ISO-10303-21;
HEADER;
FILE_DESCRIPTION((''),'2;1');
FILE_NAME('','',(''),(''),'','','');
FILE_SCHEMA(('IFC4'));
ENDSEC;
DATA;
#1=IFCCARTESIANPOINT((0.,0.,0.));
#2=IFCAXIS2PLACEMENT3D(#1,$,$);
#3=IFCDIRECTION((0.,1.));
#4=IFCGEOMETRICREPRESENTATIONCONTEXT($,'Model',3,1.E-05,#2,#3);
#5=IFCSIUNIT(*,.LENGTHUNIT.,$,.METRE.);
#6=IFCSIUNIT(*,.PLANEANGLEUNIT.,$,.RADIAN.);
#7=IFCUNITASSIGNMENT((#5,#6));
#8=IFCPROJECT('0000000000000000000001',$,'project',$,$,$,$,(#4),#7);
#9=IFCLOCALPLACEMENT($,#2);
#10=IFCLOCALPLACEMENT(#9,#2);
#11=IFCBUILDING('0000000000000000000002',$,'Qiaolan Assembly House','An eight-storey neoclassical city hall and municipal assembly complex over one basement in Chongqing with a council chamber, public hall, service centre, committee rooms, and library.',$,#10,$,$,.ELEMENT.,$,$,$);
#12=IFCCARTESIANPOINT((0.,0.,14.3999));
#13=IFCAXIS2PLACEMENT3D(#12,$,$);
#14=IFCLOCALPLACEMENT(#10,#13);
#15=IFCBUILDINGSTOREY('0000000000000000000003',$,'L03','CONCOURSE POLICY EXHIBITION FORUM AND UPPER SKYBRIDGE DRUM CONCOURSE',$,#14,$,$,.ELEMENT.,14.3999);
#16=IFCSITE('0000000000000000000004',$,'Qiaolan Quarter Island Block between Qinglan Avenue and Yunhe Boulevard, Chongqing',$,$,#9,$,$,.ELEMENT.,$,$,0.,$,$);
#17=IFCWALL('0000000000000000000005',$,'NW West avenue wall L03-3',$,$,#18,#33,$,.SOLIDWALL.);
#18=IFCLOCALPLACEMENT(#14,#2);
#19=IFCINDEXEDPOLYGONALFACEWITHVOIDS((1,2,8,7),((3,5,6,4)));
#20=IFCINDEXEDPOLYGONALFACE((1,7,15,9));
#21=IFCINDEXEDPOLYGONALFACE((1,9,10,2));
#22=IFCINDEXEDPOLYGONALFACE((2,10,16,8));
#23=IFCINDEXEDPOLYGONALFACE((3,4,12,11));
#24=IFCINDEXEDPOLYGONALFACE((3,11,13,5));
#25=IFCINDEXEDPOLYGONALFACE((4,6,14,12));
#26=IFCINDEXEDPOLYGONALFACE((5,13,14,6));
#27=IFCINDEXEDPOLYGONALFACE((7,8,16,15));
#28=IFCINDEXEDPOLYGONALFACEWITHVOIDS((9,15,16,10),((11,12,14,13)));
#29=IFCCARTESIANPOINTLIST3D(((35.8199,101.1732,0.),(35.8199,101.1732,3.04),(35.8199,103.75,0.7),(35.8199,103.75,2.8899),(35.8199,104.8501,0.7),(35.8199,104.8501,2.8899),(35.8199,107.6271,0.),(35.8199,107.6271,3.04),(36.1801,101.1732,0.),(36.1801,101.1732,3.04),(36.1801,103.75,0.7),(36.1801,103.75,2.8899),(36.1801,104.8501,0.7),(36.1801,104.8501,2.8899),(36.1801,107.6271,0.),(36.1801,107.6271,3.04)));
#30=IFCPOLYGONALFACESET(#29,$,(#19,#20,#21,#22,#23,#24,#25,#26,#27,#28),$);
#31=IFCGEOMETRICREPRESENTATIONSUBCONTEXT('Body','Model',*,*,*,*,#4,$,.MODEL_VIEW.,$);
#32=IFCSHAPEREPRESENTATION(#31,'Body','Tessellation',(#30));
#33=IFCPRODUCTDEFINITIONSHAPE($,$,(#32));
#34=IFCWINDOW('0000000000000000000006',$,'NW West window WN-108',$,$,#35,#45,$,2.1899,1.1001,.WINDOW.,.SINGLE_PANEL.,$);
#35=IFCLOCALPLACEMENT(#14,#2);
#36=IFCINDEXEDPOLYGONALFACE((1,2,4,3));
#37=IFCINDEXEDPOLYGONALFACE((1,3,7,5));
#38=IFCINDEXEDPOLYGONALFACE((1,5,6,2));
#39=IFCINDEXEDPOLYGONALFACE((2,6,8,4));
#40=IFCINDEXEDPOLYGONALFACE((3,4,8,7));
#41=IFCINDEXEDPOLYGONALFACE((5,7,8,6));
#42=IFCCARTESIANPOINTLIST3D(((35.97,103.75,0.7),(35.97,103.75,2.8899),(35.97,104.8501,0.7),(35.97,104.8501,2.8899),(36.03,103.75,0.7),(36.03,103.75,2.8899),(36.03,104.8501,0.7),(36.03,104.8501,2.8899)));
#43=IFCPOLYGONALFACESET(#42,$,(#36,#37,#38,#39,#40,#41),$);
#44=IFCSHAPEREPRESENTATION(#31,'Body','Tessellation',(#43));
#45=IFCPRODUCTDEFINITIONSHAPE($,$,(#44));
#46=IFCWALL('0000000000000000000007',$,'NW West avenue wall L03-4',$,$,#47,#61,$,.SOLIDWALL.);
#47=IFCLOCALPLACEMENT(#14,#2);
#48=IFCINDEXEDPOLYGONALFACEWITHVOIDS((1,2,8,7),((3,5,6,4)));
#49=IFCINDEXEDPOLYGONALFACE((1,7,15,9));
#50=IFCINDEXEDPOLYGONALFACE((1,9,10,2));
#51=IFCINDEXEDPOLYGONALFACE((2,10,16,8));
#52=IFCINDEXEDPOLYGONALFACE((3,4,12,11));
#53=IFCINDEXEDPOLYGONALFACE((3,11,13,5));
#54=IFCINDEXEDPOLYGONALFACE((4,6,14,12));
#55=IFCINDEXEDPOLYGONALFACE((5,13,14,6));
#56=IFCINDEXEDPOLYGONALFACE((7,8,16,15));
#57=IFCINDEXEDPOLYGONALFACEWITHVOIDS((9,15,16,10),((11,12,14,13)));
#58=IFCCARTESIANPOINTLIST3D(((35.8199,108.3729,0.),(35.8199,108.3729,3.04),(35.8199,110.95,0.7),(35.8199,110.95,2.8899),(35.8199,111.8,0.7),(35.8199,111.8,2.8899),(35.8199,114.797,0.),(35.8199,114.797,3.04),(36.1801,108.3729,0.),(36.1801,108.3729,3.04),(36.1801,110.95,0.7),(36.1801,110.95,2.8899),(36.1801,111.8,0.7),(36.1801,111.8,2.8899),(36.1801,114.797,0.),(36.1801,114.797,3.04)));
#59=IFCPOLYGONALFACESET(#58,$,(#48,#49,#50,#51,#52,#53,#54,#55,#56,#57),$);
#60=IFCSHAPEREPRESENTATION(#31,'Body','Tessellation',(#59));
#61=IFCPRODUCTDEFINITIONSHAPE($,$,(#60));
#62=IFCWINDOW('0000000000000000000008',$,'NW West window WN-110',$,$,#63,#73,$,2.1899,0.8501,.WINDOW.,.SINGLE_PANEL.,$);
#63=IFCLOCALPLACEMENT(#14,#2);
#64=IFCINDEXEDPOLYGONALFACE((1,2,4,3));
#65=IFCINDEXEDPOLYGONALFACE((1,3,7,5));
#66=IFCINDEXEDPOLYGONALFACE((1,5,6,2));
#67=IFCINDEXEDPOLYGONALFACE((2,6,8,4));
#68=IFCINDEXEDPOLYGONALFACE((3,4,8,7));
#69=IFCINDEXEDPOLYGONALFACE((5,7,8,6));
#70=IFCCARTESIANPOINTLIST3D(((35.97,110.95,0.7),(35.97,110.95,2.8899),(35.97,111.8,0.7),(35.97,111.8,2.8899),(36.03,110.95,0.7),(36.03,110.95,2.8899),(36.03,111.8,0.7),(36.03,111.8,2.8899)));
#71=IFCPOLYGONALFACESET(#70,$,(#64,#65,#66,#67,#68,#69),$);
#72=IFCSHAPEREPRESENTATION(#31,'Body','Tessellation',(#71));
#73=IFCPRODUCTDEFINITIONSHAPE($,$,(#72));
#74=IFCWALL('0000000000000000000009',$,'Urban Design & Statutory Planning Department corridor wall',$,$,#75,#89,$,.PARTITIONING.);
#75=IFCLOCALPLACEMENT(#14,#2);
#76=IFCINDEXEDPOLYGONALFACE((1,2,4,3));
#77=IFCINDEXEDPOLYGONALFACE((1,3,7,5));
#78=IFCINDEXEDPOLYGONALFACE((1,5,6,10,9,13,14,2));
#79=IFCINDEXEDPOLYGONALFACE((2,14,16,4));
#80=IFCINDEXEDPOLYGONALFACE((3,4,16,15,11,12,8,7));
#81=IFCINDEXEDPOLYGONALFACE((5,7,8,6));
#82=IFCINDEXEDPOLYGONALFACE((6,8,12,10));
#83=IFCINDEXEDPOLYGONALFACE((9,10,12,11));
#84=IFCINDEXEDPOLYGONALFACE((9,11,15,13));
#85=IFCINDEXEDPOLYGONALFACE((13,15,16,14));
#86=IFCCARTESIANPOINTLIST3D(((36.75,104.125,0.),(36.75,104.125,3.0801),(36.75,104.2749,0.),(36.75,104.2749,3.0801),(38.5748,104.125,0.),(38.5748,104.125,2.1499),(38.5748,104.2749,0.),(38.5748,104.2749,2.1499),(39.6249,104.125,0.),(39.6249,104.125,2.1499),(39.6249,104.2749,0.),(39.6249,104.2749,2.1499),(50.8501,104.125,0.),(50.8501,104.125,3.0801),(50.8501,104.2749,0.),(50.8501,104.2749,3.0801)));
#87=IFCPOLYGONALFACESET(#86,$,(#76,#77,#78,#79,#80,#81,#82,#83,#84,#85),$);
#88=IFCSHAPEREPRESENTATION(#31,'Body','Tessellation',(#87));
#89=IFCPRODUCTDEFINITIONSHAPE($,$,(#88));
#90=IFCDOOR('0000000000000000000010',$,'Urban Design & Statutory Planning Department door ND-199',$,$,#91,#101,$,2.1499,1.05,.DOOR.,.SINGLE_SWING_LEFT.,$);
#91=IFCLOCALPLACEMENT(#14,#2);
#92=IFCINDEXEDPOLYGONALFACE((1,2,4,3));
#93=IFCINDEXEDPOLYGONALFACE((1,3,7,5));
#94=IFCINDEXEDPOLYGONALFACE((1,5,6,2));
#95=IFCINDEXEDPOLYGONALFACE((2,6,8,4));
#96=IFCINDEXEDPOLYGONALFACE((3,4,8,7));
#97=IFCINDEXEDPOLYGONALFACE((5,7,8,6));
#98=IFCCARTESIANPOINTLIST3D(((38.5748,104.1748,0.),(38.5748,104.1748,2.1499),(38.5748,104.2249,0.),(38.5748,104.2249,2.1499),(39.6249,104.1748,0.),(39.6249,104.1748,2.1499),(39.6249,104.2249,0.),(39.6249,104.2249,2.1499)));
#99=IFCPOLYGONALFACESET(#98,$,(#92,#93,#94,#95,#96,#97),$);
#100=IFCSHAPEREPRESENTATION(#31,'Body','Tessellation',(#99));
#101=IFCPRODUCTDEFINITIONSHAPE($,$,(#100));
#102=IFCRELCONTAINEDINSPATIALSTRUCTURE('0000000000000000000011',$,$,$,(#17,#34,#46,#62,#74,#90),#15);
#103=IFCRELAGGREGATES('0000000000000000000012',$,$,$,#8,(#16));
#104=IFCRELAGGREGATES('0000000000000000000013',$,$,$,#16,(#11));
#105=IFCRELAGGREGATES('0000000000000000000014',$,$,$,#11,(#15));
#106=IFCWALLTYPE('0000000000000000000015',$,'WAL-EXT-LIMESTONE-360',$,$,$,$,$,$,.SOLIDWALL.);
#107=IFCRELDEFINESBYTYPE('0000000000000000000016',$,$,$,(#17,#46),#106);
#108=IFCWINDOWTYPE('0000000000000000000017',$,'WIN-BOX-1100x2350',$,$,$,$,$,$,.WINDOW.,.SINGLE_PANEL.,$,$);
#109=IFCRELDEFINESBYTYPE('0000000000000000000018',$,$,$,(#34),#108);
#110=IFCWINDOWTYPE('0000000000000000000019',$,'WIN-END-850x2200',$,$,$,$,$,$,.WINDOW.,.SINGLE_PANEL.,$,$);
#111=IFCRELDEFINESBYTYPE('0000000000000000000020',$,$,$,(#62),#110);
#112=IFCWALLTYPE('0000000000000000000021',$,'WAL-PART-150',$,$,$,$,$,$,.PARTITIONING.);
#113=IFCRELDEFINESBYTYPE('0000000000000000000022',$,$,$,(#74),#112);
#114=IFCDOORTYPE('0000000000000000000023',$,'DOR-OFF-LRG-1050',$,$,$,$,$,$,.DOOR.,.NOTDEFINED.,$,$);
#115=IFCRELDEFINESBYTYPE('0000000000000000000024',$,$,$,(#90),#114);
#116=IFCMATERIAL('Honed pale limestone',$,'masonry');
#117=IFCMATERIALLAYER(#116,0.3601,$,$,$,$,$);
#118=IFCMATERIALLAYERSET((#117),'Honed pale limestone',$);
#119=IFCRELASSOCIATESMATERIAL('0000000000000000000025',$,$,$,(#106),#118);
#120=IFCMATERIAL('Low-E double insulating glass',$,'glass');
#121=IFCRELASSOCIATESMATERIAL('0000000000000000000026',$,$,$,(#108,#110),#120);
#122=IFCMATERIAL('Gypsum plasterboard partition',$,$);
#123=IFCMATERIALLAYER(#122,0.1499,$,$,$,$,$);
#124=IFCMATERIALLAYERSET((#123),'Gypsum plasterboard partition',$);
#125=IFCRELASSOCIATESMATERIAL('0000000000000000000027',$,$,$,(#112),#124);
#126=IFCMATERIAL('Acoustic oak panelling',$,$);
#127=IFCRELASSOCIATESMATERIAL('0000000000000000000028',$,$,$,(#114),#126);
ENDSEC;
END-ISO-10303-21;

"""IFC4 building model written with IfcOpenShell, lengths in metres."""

from ifc_helpers import new_model, si_unit, direction, frame, frame_2d, origin, place, context, subcontext, project, spatial, rectangle, extrude, material, layer, layer_set, type_object, element, fill, save


model = new_model("IFC4")

# Units and contexts
model_context = context("Model", 3, precision=1e-05, world=origin(), true_north=direction((0.0, 1.0)))
body_context = subcontext(model_context, "Body", "Model", "MODEL_VIEW")
ifc_project = project(units=[si_unit("LENGTHUNIT", "METRE"), si_unit("PLANEANGLEUNIT", "RADIAN")], contexts=[model_context])

# Site, building, storey
site_placement = place(None, origin())
site = spatial("IfcSite", under=ifc_project, at=site_placement, Name="Qiaolan Quarter Island Block between Qinglan Avenue and Yunhe Boulevard, Chongqing", CompositionType="ELEMENT", RefElevation=0.0)
building_placement = place(site_placement, origin())
building = spatial("IfcBuilding", under=site, at=building_placement, Name="Qiaolan Assembly House", Description="An eight-storey neoclassical city hall and municipal assembly complex over one basement in Chongqing with a council chamber, public hall, service centre, committee rooms, and library.", CompositionType="ELEMENT")
storey_placement = place(building_placement, frame((0.0, 0.0, 14.3999)))
storey = spatial("IfcBuildingStorey", under=building, at=storey_placement, Name="L03", Description="CONCOURSE POLICY EXHIBITION FORUM AND UPPER SKYBRIDGE DRUM CONCOURSE", CompositionType="ELEMENT", Elevation=14.3999)

# Shared definitions
ifc_material_1 = material(Name="Honed pale limestone", Category="masonry")

# Walls, openings, windows
ifc_layer_1 = layer(ifc_material_1, 0.3601)
ifc_layer_set_1 = layer_set([ifc_layer_1], Name="Honed pale limestone")
wall_type_1 = type_object("IfcWallType", Name="WAL-EXT-LIMESTONE-360", PredefinedType="SOLIDWALL", material=ifc_layer_set_1)
wall_1_placement = place(storey_placement, frame((36.0, 101.1731, 0.0), z_axis=(0.0, 0.0, 1.0), x_axis=(0.0, 1.0, 0.0)))
wall_1 = element("IfcWall", 1, at=wall_1_placement, inside=storey, type_object=wall_type_1, Name="NW West avenue wall L03-3", PredefinedType="SOLIDWALL", context=body_context, shape_type="SweptSolid", body=[
    extrude(rectangle(XDim=6.4539, YDim=0.3601, at=frame_2d((3.2271, 0.0))), origin(), (0.0, 0.0, 1.0), 3.04),
])
opening_1_placement = place(wall_1_placement, frame((2.5769, 0.0, 0.7)))
opening_1 = element("IfcOpeningElement", 2, at=opening_1_placement, cuts=wall_1, PredefinedType="OPENING", context=body_context, shape_type="SweptSolid", body=[
    extrude(rectangle(XDim=1.1001, YDim=2.1899, at=frame_2d((0.55, 1.095))), frame((0.0, 0.1899, 0.0), z_axis=(0.0, -1.0, 0.0), x_axis=(1.0, 0.0, 0.0)), (0.0, 0.0, 1.0), 0.3801),
])
ifc_material_2 = material(Name="Low-E double insulating glass", Category="glass")
window_type_1 = type_object("IfcWindowType", Name="WIN-BOX-1100x2350", PartitioningType="SINGLE_PANEL", PredefinedType="WINDOW", material=ifc_material_2)
window_1_placement = place(opening_1_placement, origin())
window_1 = element("IfcWindow", 3, at=window_1_placement, inside=storey, type_object=window_type_1, Name="NW West window WN-108", OverallHeight=2.1899, OverallWidth=1.1001, PartitioningType="SINGLE_PANEL", PredefinedType="WINDOW", context=body_context, shape_type="SweptSolid", body=[
    extrude(rectangle(XDim=1.1001, YDim=2.1899, at=frame_2d((0.55, 1.095))), frame((0.0, 0.03, 0.0), z_axis=(0.0, -1.0, 0.0), x_axis=(1.0, 0.0, 0.0)), (0.0, 0.0, 1.0), 0.0601),
])
fill(opening_1, window_1)
wall_2_placement = place(storey_placement, frame((36.0, 108.373, 0.0), z_axis=(0.0, 0.0, 1.0), x_axis=(0.0, 1.0, 0.0)))
wall_2 = element("IfcWall", 4, at=wall_2_placement, inside=storey, type_object=wall_type_1, Name="NW West avenue wall L03-4", PredefinedType="SOLIDWALL", context=body_context, shape_type="SweptSolid", body=[
    extrude(rectangle(XDim=6.4241, YDim=0.3601, at=frame_2d((3.2119, 0.0))), origin(), (0.0, 0.0, 1.0), 3.04),
])
opening_2_placement = place(wall_2_placement, frame((2.5769, 0.0, 0.7)))
opening_2 = element("IfcOpeningElement", 5, at=opening_2_placement, cuts=wall_2, PredefinedType="OPENING", context=body_context, shape_type="SweptSolid", body=[
    extrude(rectangle(XDim=0.8501, YDim=2.1899, at=frame_2d((0.425, 1.095))), frame((0.0, 0.1899, 0.0), z_axis=(0.0, -1.0, 0.0), x_axis=(1.0, 0.0, 0.0)), (0.0, 0.0, 1.0), 0.3801),
])
window_type_2 = type_object("IfcWindowType", Name="WIN-END-850x2200", PartitioningType="SINGLE_PANEL", PredefinedType="WINDOW", material=ifc_material_2)
window_2_placement = place(opening_2_placement, origin())
window_2 = element("IfcWindow", 6, at=window_2_placement, inside=storey, type_object=window_type_2, Name="NW West window WN-110", OverallHeight=2.1899, OverallWidth=0.8501, PartitioningType="SINGLE_PANEL", PredefinedType="WINDOW", context=body_context, shape_type="SweptSolid", body=[
    extrude(rectangle(XDim=0.8501, YDim=2.1899, at=frame_2d((0.425, 1.095))), frame((0.0, 0.03, 0.0), z_axis=(0.0, -1.0, 0.0), x_axis=(1.0, 0.0, 0.0)), (0.0, 0.0, 1.0), 0.0601),
])
fill(opening_2, window_2)

# Wall, opening, door
ifc_material_3 = material(Name="Gypsum plasterboard partition")
ifc_layer_2 = layer(ifc_material_3, 0.1499)
ifc_layer_set_2 = layer_set([ifc_layer_2], Name="Gypsum plasterboard partition")
wall_type_2 = type_object("IfcWallType", Name="WAL-PART-150", PredefinedType="PARTITIONING", material=ifc_layer_set_2)
wall_3_placement = place(storey_placement, frame((36.75, 104.2, 0.0), z_axis=(0.0, 0.0, 1.0), x_axis=(1.0, 0.0, 0.0)))
wall_3 = element("IfcWall", 7, at=wall_3_placement, inside=storey, type_object=wall_type_2, Name="Urban Design & Statutory Planning Department corridor wall", PredefinedType="PARTITIONING", context=body_context, shape_type="SweptSolid", body=[
    extrude(rectangle(XDim=14.1001, YDim=0.1499, at=frame_2d((7.05, 0.0))), origin(), (0.0, 0.0, 1.0), 3.0801),
])
opening_3_placement = place(wall_3_placement, frame((1.825, 0.0, 0.0)))
opening_3 = element("IfcOpeningElement", 8, at=opening_3_placement, cuts=wall_3, PredefinedType="OPENING", context=body_context, shape_type="SweptSolid", body=[
    extrude(rectangle(XDim=1.05, YDim=2.1499, at=frame_2d((0.5249, 1.075))), frame((0.0, 0.085, 0.0), z_axis=(0.0, -1.0, 0.0), x_axis=(1.0, 0.0, 0.0)), (0.0, 0.0, 1.0), 0.1699),
])
ifc_material_4 = material(Name="Acoustic oak panelling")
door_type = type_object("IfcDoorType", Name="DOR-OFF-LRG-1050", OperationType="NOTDEFINED", PredefinedType="DOOR", material=ifc_material_4)
door_placement = place(opening_3_placement, origin())
door = element("IfcDoor", 9, at=door_placement, inside=storey, type_object=door_type, Name="Urban Design & Statutory Planning Department door ND-199", OperationType="SINGLE_SWING_LEFT", OverallHeight=2.1499, OverallWidth=1.05, PredefinedType="DOOR", context=body_context, shape_type="SweptSolid", body=[
    extrude(rectangle(XDim=1.05, YDim=2.1499, at=frame_2d((0.5249, 1.075))), frame((0.0, 0.0249, 0.0), z_axis=(0.0, -1.0, 0.0), x_axis=(1.0, 0.0, 0.0)), (0.0, 0.0, 1.0), 0.05),
])
fill(opening_3, door)

save(model, "model.ifc")
